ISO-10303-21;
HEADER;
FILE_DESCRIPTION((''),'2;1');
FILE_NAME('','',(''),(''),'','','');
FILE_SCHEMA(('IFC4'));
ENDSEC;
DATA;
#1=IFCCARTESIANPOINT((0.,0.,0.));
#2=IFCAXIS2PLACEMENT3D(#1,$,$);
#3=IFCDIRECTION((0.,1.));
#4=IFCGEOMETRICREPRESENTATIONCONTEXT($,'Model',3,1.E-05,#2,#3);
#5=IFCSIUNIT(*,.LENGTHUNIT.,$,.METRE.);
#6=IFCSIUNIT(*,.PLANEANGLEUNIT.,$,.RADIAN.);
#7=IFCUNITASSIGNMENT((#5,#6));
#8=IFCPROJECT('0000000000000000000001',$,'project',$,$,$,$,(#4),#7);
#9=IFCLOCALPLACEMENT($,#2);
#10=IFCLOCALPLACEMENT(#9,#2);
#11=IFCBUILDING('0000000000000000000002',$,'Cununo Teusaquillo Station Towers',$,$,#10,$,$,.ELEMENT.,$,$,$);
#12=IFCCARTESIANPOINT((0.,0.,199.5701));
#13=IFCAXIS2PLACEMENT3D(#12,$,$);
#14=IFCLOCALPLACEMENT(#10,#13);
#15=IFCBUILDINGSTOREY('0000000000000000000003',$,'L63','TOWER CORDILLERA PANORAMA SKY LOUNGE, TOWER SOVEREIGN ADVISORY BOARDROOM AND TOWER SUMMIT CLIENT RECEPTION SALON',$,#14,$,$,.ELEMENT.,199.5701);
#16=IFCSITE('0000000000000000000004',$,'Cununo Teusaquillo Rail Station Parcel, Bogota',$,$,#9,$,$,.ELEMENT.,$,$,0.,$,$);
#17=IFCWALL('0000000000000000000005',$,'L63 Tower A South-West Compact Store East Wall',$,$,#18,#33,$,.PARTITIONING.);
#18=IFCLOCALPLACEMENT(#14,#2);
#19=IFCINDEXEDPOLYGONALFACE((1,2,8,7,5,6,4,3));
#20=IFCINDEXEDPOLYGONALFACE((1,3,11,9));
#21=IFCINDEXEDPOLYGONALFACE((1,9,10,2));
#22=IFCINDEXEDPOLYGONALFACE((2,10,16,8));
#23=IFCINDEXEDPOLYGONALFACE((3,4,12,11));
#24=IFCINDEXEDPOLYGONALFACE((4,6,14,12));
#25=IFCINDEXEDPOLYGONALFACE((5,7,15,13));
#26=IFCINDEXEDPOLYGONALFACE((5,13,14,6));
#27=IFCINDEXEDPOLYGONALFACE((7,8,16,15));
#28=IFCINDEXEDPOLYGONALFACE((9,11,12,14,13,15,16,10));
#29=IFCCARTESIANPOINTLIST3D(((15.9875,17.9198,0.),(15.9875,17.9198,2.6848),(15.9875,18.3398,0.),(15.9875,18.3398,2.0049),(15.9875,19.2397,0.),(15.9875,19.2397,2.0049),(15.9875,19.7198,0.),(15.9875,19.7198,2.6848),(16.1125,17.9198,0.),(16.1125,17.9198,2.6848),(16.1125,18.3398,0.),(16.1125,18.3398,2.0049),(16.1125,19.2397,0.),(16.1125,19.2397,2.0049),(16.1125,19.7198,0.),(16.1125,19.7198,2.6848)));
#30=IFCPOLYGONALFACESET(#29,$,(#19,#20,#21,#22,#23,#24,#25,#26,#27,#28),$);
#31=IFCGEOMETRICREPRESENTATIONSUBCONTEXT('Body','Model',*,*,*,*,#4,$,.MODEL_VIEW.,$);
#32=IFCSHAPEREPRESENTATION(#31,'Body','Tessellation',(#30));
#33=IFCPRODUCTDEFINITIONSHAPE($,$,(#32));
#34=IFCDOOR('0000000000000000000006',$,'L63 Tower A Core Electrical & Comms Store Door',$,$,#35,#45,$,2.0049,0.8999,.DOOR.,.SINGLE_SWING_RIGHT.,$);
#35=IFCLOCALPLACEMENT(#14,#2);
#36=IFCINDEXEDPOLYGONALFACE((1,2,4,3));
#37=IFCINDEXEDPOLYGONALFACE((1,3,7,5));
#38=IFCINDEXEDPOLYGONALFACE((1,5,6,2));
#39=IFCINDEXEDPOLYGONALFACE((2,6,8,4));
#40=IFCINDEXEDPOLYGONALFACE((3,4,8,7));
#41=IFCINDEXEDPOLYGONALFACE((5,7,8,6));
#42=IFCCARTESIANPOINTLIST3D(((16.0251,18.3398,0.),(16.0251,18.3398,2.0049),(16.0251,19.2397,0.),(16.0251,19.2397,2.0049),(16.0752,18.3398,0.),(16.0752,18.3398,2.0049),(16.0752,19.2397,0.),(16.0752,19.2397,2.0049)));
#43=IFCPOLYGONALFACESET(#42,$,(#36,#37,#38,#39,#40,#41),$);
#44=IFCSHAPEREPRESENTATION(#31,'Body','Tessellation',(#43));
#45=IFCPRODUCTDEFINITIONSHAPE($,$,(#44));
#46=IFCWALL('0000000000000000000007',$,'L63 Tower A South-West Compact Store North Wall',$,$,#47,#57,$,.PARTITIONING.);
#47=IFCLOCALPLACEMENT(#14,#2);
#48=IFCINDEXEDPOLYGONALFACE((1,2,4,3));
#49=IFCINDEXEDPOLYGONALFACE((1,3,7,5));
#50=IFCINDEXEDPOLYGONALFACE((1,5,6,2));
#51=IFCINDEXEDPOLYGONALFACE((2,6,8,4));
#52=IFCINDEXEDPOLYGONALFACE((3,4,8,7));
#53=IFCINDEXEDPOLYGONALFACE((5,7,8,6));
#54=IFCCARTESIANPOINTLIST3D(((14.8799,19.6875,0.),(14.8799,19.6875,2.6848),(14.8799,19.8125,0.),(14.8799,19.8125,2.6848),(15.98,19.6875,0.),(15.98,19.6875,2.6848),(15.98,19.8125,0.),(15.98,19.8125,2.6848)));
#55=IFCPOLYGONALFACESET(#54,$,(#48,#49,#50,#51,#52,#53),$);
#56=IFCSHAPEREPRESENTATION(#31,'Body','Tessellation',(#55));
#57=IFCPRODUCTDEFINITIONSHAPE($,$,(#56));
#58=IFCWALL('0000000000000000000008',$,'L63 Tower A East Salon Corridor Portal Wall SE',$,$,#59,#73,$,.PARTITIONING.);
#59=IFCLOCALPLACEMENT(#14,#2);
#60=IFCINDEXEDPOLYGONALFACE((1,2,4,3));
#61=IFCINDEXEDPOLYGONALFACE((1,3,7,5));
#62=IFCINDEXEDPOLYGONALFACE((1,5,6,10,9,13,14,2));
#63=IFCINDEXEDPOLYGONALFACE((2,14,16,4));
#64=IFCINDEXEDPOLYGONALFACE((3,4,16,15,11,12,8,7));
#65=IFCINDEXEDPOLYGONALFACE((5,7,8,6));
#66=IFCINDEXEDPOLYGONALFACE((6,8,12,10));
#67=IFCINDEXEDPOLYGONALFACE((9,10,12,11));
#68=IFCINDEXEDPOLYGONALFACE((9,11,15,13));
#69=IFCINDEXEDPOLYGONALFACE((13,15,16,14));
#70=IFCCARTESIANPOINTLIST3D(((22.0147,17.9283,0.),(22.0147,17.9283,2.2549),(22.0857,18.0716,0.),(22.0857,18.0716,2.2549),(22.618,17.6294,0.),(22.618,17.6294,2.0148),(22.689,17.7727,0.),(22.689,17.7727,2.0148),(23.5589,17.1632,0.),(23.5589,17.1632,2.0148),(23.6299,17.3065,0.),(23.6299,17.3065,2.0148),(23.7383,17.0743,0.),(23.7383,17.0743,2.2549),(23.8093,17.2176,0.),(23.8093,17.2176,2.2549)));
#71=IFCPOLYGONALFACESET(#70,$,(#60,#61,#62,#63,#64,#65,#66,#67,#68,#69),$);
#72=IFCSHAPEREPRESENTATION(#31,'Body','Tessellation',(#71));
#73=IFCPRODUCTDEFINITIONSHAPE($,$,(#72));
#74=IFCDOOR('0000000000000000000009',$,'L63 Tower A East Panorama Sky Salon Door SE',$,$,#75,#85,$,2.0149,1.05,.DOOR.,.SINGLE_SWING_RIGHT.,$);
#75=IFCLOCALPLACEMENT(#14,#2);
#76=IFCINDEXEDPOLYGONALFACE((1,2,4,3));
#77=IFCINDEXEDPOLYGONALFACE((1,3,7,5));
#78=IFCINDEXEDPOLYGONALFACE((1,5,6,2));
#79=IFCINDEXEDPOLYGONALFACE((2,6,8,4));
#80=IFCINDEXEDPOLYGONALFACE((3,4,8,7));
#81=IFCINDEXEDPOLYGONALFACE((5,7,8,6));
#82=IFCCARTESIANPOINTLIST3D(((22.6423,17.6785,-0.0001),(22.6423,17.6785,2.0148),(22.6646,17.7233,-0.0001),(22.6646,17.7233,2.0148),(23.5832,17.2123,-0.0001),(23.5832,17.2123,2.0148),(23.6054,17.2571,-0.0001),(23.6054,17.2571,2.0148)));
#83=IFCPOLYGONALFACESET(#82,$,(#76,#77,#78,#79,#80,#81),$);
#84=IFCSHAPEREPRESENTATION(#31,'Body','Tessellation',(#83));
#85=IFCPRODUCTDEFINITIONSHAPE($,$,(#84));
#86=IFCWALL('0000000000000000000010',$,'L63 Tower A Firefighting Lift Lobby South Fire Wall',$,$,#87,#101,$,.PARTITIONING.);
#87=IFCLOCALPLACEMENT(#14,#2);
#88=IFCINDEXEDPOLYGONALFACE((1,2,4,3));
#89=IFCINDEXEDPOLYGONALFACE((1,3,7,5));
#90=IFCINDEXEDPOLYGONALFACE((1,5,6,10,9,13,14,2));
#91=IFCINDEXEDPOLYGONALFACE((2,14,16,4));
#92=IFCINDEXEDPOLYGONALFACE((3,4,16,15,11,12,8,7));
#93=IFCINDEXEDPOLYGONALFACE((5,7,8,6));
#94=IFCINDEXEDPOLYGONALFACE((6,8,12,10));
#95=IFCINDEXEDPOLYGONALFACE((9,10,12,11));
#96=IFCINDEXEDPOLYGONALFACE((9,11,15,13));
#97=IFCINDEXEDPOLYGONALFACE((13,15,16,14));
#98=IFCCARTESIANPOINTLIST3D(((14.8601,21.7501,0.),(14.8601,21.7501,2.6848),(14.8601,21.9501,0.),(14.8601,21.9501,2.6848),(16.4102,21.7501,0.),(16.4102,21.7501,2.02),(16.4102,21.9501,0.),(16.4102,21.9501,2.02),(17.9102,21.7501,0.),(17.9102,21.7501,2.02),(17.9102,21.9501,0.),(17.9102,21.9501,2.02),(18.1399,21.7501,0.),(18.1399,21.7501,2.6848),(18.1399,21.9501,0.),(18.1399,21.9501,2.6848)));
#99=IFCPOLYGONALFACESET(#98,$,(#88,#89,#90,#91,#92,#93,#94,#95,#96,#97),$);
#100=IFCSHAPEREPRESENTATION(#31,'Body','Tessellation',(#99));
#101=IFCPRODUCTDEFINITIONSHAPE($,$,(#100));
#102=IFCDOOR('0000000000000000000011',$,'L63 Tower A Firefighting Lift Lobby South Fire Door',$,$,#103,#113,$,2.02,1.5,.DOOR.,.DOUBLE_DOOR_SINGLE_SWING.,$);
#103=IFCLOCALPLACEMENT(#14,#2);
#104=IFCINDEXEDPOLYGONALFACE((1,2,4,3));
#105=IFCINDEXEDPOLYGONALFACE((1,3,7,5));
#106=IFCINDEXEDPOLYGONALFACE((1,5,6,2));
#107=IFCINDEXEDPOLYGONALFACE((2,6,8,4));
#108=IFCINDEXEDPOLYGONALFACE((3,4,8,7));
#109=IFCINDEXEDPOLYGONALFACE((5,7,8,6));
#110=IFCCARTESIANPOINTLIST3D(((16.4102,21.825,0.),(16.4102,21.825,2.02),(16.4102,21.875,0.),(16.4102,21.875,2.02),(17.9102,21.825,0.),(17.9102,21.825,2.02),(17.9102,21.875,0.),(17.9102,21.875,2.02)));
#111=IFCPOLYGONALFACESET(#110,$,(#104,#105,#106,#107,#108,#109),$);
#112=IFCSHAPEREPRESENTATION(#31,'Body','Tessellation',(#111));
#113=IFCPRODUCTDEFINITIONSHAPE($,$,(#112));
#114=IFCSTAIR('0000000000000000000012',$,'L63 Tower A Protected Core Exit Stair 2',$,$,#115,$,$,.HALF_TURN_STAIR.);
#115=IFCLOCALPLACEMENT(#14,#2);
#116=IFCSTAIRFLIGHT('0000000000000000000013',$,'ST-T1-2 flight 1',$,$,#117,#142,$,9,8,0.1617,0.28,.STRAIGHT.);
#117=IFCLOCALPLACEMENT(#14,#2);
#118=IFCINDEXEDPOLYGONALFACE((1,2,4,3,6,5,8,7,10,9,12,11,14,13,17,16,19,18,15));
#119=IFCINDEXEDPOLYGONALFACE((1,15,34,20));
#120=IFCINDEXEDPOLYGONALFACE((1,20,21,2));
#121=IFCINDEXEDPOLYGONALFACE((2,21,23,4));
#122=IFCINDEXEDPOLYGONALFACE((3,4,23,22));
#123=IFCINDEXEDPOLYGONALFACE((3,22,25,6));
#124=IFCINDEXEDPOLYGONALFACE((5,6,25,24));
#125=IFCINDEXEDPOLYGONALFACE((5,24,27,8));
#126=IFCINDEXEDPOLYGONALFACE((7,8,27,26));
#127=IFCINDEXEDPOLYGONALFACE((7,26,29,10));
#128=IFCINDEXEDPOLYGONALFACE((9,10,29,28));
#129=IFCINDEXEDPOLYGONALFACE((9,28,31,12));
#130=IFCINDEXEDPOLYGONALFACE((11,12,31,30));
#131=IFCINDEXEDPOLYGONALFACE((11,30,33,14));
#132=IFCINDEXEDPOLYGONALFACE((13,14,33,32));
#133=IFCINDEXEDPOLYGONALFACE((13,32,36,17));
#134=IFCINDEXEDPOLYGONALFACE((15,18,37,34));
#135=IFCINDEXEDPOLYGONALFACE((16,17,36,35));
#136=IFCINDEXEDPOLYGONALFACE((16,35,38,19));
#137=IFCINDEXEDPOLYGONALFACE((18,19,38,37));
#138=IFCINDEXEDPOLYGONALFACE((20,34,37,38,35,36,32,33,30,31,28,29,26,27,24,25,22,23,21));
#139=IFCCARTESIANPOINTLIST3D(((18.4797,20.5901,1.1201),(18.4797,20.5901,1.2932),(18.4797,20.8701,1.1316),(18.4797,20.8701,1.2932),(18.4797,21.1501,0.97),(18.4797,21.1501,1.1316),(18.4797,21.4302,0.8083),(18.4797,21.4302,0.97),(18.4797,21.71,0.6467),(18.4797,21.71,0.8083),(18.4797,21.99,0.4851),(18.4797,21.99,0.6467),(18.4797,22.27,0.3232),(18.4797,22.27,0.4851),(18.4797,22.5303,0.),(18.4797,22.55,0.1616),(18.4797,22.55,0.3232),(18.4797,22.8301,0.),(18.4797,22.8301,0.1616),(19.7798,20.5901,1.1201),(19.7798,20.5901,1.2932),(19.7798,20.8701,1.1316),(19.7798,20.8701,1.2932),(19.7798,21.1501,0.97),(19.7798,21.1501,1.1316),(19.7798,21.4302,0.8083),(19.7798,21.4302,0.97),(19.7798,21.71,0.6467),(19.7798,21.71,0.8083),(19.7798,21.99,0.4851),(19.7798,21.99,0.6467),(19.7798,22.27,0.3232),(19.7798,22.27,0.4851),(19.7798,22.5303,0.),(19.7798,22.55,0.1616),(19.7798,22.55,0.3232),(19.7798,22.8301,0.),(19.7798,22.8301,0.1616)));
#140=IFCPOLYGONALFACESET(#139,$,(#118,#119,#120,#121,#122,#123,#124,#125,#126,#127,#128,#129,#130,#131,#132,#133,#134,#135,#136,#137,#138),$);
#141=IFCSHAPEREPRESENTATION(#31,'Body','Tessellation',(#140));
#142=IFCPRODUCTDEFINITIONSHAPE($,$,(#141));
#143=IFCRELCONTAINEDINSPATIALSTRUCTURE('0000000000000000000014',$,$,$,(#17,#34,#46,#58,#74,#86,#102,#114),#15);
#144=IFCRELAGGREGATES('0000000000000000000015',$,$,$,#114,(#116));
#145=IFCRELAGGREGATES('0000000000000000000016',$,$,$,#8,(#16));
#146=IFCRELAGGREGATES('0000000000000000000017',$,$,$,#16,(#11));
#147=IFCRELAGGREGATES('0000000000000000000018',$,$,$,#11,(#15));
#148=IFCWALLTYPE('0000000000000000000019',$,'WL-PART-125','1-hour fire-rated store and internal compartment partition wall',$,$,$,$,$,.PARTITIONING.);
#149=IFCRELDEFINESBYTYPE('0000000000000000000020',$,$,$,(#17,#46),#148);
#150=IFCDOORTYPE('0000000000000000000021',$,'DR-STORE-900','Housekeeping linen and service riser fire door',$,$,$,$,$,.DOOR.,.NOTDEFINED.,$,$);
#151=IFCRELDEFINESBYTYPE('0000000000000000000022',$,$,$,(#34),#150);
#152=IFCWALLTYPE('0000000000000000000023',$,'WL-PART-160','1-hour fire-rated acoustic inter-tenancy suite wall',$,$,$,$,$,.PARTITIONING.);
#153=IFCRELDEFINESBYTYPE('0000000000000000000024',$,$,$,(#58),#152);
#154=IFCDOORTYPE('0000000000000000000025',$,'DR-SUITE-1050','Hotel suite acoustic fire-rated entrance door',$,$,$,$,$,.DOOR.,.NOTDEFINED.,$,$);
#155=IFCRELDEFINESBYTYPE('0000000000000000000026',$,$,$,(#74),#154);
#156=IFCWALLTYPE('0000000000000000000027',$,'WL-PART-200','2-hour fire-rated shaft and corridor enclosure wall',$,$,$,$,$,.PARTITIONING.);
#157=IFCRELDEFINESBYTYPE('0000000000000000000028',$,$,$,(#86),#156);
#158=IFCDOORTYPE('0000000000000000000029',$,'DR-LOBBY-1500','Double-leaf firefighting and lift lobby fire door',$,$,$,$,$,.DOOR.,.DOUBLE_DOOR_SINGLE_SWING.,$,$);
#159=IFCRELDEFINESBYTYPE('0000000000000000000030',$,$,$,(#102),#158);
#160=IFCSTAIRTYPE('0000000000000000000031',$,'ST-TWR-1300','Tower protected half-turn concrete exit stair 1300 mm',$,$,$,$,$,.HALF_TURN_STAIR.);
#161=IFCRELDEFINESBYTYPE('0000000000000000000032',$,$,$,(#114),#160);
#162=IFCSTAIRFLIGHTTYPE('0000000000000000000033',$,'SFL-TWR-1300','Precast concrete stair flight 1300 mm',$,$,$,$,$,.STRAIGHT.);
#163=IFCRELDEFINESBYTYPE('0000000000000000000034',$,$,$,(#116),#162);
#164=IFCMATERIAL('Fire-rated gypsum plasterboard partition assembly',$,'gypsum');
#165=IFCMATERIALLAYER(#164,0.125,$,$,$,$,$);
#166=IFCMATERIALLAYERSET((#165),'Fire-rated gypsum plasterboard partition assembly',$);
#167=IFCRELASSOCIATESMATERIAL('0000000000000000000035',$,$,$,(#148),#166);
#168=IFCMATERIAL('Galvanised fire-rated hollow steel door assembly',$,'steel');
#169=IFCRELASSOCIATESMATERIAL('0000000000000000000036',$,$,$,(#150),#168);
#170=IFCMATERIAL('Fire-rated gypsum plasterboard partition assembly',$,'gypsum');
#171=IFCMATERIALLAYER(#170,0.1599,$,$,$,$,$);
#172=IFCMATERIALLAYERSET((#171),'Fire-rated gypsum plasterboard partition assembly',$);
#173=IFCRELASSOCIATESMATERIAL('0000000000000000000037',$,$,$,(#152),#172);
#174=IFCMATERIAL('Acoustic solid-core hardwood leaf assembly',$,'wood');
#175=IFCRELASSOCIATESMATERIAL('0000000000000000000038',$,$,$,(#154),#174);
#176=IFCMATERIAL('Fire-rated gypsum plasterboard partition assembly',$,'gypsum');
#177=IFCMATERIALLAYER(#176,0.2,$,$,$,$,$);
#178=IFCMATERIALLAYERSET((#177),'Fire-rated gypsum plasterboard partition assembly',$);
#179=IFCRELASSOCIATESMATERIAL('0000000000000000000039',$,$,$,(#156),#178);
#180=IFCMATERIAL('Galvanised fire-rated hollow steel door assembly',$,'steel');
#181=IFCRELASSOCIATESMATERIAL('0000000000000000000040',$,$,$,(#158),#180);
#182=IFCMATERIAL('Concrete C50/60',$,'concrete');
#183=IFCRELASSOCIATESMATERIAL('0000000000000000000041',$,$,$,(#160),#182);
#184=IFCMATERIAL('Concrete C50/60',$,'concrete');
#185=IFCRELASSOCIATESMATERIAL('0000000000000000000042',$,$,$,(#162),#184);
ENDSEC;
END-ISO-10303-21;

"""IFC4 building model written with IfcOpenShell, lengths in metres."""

from ifc_helpers import new_model, si_unit, direction, frame, frame_2d, origin, place, context, subcontext, project, spatial, polyline, rectangle, outline, extrude, source, transform, mapped, material, layer, layer_set, type_object, element, fill, aggregate, save


model = new_model("IFC4")

# Units and contexts
model_context = context("Model", 3, precision=1e-05, world=origin(), true_north=direction((0.0, 1.0)))
body_context = subcontext(model_context, "Body", "Model", "MODEL_VIEW")
ifc_project = project(units=[si_unit("LENGTHUNIT", "METRE"), si_unit("PLANEANGLEUNIT", "RADIAN")], contexts=[model_context])

# Site, building, storey
site_placement = place(None, origin())
site = spatial("IfcSite", under=ifc_project, at=site_placement, Name="Cununo Teusaquillo Rail Station Parcel, Bogota", CompositionType="ELEMENT", RefElevation=0.0)
building_placement = place(site_placement, origin())
building = spatial("IfcBuilding", under=site, at=building_placement, Name="Cununo Teusaquillo Station Towers", CompositionType="ELEMENT")
storey_placement = place(building_placement, frame((0.0, 0.0, 199.5701)))
storey = spatial("IfcBuildingStorey", under=building, at=storey_placement, Name="L63", Description="TOWER CORDILLERA PANORAMA SKY LOUNGE, TOWER SOVEREIGN ADVISORY BOARDROOM AND TOWER SUMMIT CLIENT RECEPTION SALON", CompositionType="ELEMENT", Elevation=199.5701)

# Wall, opening, door
ifc_material_1 = material(Name="Fire-rated gypsum plasterboard partition assembly", Category="gypsum")
ifc_layer_1 = layer(ifc_material_1, 0.125)
ifc_layer_set_1 = layer_set([ifc_layer_1], Name="Fire-rated gypsum plasterboard partition assembly")
wall_type_1 = type_object("IfcWallType", Name="WL-PART-125", Description="1-hour fire-rated store and internal compartment partition wall", PredefinedType="PARTITIONING", material=ifc_layer_set_1)
wall_1_placement = place(storey_placement, frame((16.05, 17.9199, 0.0), z_axis=(0.0, 0.0, 1.0), x_axis=(0.0, 1.0, 0.0)))
wall_1 = element("IfcWall", 1, at=wall_1_placement, inside=storey, type_object=wall_type_1, Name="L63 Tower A South-West Compact Store East Wall", PredefinedType="PARTITIONING", context=body_context, shape_type="SweptSolid", body=[
    extrude(rectangle(XDim=1.8, YDim=0.125, at=frame_2d((0.8999, 0.0))), origin(), (0.0, 0.0, 1.0), 2.6848),
])
shared_shape_1 = source(origin(), body_context, "Body", "SweptSolid", [
    extrude(rectangle(XDim=0.8999, YDim=2.0049, at=frame_2d((0.45, 1.0024))), frame((0.0, 0.0725, 0.0), z_axis=(0.0, -1.0, 0.0), x_axis=(1.0, 0.0, 0.0)), (0.0, 0.0, 1.0), 0.145),
])
opening_1_placement = place(wall_1_placement, frame((0.4199, 0.0, 0.0)))
opening_1 = element("IfcOpeningElement", 2, at=opening_1_placement, cuts=wall_1, PredefinedType="OPENING", context=body_context, shape_type="MappedRepresentation", body=[
    mapped(shared_shape_1, transform((0.0, 0.0, 0.0), x_axis=(1.0, 0.0, 0.0), y_axis=(0.0, 1.0, 0.0), z_axis=(0.0, 0.0, 1.0), scale=1.0)),
])
ifc_material_2 = material(Name="Galvanised fire-rated hollow steel door assembly", Category="steel")
door_type_1 = type_object("IfcDoorType", Name="DR-STORE-900", Description="Housekeeping linen and service riser fire door", OperationType="NOTDEFINED", PredefinedType="DOOR", material=ifc_material_2)
shared_shape_2 = source(origin(), body_context, "Body", "SweptSolid", [
    extrude(rectangle(XDim=0.8999, YDim=2.0049, at=frame_2d((0.45, 1.0024))), frame((0.0, 0.0249, 0.0), z_axis=(0.0, -1.0, 0.0), x_axis=(1.0, 0.0, 0.0)), (0.0, 0.0, 1.0), 0.05),
])
door_1_placement = place(opening_1_placement, origin())
door_1 = element("IfcDoor", 3, at=door_1_placement, inside=storey, type_object=door_type_1, Name="L63 Tower A Core Electrical & Comms Store Door", OperationType="SINGLE_SWING_RIGHT", OverallHeight=2.0049, OverallWidth=0.8999, PredefinedType="DOOR", context=body_context, shape_type="MappedRepresentation", body=[
    mapped(shared_shape_2, transform((0.0, 0.0, 0.0), x_axis=(1.0, 0.0, 0.0), y_axis=(0.0, 1.0, 0.0), z_axis=(0.0, 0.0, 1.0), scale=1.0)),
])
fill(opening_1, door_1)

# Wall
wall_2_placement = place(storey_placement, frame((14.8799, 19.75, 0.0), z_axis=(0.0, 0.0, 1.0), x_axis=(1.0, 0.0, 0.0)))
element("IfcWall", 4, at=wall_2_placement, inside=storey, type_object=wall_type_1, Name="L63 Tower A South-West Compact Store North Wall", PredefinedType="PARTITIONING", context=body_context, shape_type="SweptSolid", body=[
    extrude(rectangle(XDim=1.1001, YDim=0.125, at=frame_2d((0.55, 0.0))), origin(), (0.0, 0.0, 1.0), 2.6848),
])

# Walls, openings, doors
ifc_material_3 = material(Name="Fire-rated gypsum plasterboard partition assembly", Category="gypsum")
ifc_layer_2 = layer(ifc_material_3, 0.1599)
ifc_layer_set_2 = layer_set([ifc_layer_2], Name="Fire-rated gypsum plasterboard partition assembly")
wall_type_2 = type_object("IfcWallType", Name="WL-PART-160", Description="1-hour fire-rated acoustic inter-tenancy suite wall", PredefinedType="PARTITIONING", material=ifc_layer_set_2)
wall_3_placement = place(storey_placement, frame((22.05, 18.0, 0.0), z_axis=(0.0, 0.0, 1.0), x_axis=(0.896046, -0.443962, 0.0)))
wall_3 = element("IfcWall", 5, at=wall_3_placement, inside=storey, type_object=wall_type_2, Name="L63 Tower A East Salon Corridor Portal Wall SE", PredefinedType="PARTITIONING", context=body_context, shape_type="SweptSolid", body=[
    extrude(rectangle(XDim=1.9236, YDim=0.1599, at=frame_2d((0.9619, 0.0))), origin(), (0.0, 0.0, 1.0), 2.2549),
])
shared_shape_3 = source(origin(), body_context, "Body", "SweptSolid", [
    extrude(rectangle(XDim=1.05, YDim=2.0149, at=frame_2d((0.5249, 1.0073))), frame((0.0, 0.0898, 0.0), z_axis=(0.0, -1.0, 0.0), x_axis=(1.0, 0.0, 0.0)), (0.0, 0.0, 1.0), 0.1799),
])
opening_2_placement = place(wall_3_placement, frame((0.6736, 0.0, 0.0)))
opening_2 = element("IfcOpeningElement", 6, at=opening_2_placement, cuts=wall_3, PredefinedType="OPENING", context=body_context, shape_type="MappedRepresentation", body=[
    mapped(shared_shape_3, transform((0.0, 0.0, 0.0), x_axis=(1.0, 0.0, 0.0), y_axis=(0.0, 1.0, 0.0), z_axis=(0.0, 0.0, 1.0), scale=1.0)),
])
ifc_material_4 = material(Name="Acoustic solid-core hardwood leaf assembly", Category="wood")
door_type_2 = type_object("IfcDoorType", Name="DR-SUITE-1050", Description="Hotel suite acoustic fire-rated entrance door", OperationType="NOTDEFINED", PredefinedType="DOOR", material=ifc_material_4)
shared_shape_4 = source(origin(), body_context, "Body", "SweptSolid", [
    extrude(rectangle(XDim=1.05, YDim=2.0149, at=frame_2d((0.5249, 1.0073))), frame((0.0, 0.0249, 0.0), z_axis=(0.0, -1.0, 0.0), x_axis=(1.0, 0.0, 0.0)), (0.0, 0.0, 1.0), 0.05),
])
door_2_placement = place(opening_2_placement, origin())
door_2 = element("IfcDoor", 7, at=door_2_placement, inside=storey, type_object=door_type_2, Name="L63 Tower A East Panorama Sky Salon Door SE", OperationType="SINGLE_SWING_RIGHT", OverallHeight=2.0149, OverallWidth=1.05, PredefinedType="DOOR", context=body_context, shape_type="MappedRepresentation", body=[
    mapped(shared_shape_4, transform((0.0, 0.0, 0.0), x_axis=(1.0, 0.0, 0.0), y_axis=(0.0, 1.0, 0.0), z_axis=(0.0, 0.0, 1.0), scale=1.0)),
])
fill(opening_2, door_2)
ifc_material_5 = material(Name="Fire-rated gypsum plasterboard partition assembly", Category="gypsum")
ifc_layer_3 = layer(ifc_material_5, 0.2)
ifc_layer_set_3 = layer_set([ifc_layer_3], Name="Fire-rated gypsum plasterboard partition assembly")
wall_type_3 = type_object("IfcWallType", Name="WL-PART-200", Description="2-hour fire-rated shaft and corridor enclosure wall", PredefinedType="PARTITIONING", material=ifc_layer_set_3)
wall_4_placement = place(storey_placement, frame((14.8601, 21.8501, 0.0), z_axis=(0.0, 0.0, 1.0), x_axis=(1.0, 0.0, 0.0)))
wall_4 = element("IfcWall", 8, at=wall_4_placement, inside=storey, type_object=wall_type_3, Name="L63 Tower A Firefighting Lift Lobby South Fire Wall", PredefinedType="PARTITIONING", context=body_context, shape_type="SweptSolid", body=[
    extrude(rectangle(XDim=3.2798, YDim=0.2, at=frame_2d((1.6399, 0.0))), origin(), (0.0, 0.0, 1.0), 2.6848),
])
shared_shape_5 = source(origin(), body_context, "Body", "SweptSolid", [
    extrude(rectangle(XDim=1.5, YDim=2.02, at=frame_2d((0.75, 1.01))), frame((0.0, 0.1099, 0.0), z_axis=(0.0, -1.0, 0.0), x_axis=(1.0, 0.0, 0.0)), (0.0, 0.0, 1.0), 0.22),
])
opening_3_placement = place(wall_4_placement, frame((1.55, 0.0, 0.0)))
opening_3 = element("IfcOpeningElement", 9, at=opening_3_placement, cuts=wall_4, PredefinedType="OPENING", context=body_context, shape_type="MappedRepresentation", body=[
    mapped(shared_shape_5, transform((0.0, 0.0, 0.0), x_axis=(1.0, 0.0, 0.0), y_axis=(0.0, 1.0, 0.0), z_axis=(0.0, 0.0, 1.0), scale=1.0)),
])
ifc_material_6 = material(Name="Galvanised fire-rated hollow steel door assembly", Category="steel")
door_type_3 = type_object("IfcDoorType", Name="DR-LOBBY-1500", Description="Double-leaf firefighting and lift lobby fire door", OperationType="DOUBLE_DOOR_SINGLE_SWING", PredefinedType="DOOR", material=ifc_material_6)
shared_shape_6 = source(origin(), body_context, "Body", "SweptSolid", [
    extrude(rectangle(XDim=1.5, YDim=2.02, at=frame_2d((0.75, 1.01))), frame((0.0, 0.0249, 0.0), z_axis=(0.0, -1.0, 0.0), x_axis=(1.0, 0.0, 0.0)), (0.0, 0.0, 1.0), 0.05),
])
door_3_placement = place(opening_3_placement, origin())
door_3 = element("IfcDoor", 10, at=door_3_placement, inside=storey, type_object=door_type_3, Name="L63 Tower A Firefighting Lift Lobby South Fire Door", OperationType="DOUBLE_DOOR_SINGLE_SWING", OverallHeight=2.02, OverallWidth=1.5, PredefinedType="DOOR", context=body_context, shape_type="MappedRepresentation", body=[
    mapped(shared_shape_6, transform((0.0, 0.0, 0.0), x_axis=(1.0, 0.0, 0.0), y_axis=(0.0, 1.0, 0.0), z_axis=(0.0, 0.0, 1.0), scale=1.0)),
])
fill(opening_3, door_3)

# Stair, stair flight
ifc_material_7 = material(Name="Concrete C50/60", Category="concrete")
stair_type = type_object("IfcStairType", Name="ST-TWR-1300", Description="Tower protected half-turn concrete exit stair 1300 mm", PredefinedType="HALF_TURN_STAIR", material=ifc_material_7)
stair_placement = place(storey_placement, origin())
stair = element("IfcStair", 11, at=stair_placement, inside=storey, type_object=stair_type, Name="L63 Tower A Protected Core Exit Stair 2", PredefinedType="HALF_TURN_STAIR")
ifc_material_8 = material(Name="Concrete C50/60", Category="concrete")
stair_flight_type = type_object("IfcStairFlightType", Name="SFL-TWR-1300", Description="Precast concrete stair flight 1300 mm", PredefinedType="STRAIGHT", material=ifc_material_8)
stair_flight_1_placement = place(storey_placement, frame((19.1299, 22.8301, 0.0), z_axis=(0.0, 0.0, 1.0), x_axis=(0.0, -1.0, 0.0)))
stair_flight_1 = element("IfcStairFlight", 12, at=stair_flight_1_placement, type_object=stair_flight_type, Name="ST-T1-2 flight 1", NumberOfRisers=9, NumberOfTreads=8, PredefinedType="STRAIGHT", RiserHeight=0.1617, TreadLength=0.28, context=body_context, shape_type="SweptSolid", body=[
    extrude(outline(polyline([(0.0, 0.0), (0.0, 0.1616), (0.28, 0.1616), (0.28, 0.3232), (0.5601, 0.3232), (0.5601, 0.4851), (0.8401, 0.4851), (0.8401, 0.6467), (1.1201, 0.6467), (1.1201, 0.8083), (1.3999, 0.8083), (1.3999, 0.97), (1.6799, 0.97), (1.6799, 1.1316), (1.96, 1.1316), (1.96, 1.2932), (2.24, 1.2932), (2.24, 1.4551), (2.24, 1.1201), (0.2998, 0.0), (0.0, 0.0)])), frame((0.0, 0.6499, 0.0), z_axis=(0.0, -1.0, 0.0), x_axis=(1.0, 0.0, 0.0)), (0.0, 0.0, 1.0), 1.3),
])
aggregate(stair, [stair_flight_1])

save(model, "model.ifc")
